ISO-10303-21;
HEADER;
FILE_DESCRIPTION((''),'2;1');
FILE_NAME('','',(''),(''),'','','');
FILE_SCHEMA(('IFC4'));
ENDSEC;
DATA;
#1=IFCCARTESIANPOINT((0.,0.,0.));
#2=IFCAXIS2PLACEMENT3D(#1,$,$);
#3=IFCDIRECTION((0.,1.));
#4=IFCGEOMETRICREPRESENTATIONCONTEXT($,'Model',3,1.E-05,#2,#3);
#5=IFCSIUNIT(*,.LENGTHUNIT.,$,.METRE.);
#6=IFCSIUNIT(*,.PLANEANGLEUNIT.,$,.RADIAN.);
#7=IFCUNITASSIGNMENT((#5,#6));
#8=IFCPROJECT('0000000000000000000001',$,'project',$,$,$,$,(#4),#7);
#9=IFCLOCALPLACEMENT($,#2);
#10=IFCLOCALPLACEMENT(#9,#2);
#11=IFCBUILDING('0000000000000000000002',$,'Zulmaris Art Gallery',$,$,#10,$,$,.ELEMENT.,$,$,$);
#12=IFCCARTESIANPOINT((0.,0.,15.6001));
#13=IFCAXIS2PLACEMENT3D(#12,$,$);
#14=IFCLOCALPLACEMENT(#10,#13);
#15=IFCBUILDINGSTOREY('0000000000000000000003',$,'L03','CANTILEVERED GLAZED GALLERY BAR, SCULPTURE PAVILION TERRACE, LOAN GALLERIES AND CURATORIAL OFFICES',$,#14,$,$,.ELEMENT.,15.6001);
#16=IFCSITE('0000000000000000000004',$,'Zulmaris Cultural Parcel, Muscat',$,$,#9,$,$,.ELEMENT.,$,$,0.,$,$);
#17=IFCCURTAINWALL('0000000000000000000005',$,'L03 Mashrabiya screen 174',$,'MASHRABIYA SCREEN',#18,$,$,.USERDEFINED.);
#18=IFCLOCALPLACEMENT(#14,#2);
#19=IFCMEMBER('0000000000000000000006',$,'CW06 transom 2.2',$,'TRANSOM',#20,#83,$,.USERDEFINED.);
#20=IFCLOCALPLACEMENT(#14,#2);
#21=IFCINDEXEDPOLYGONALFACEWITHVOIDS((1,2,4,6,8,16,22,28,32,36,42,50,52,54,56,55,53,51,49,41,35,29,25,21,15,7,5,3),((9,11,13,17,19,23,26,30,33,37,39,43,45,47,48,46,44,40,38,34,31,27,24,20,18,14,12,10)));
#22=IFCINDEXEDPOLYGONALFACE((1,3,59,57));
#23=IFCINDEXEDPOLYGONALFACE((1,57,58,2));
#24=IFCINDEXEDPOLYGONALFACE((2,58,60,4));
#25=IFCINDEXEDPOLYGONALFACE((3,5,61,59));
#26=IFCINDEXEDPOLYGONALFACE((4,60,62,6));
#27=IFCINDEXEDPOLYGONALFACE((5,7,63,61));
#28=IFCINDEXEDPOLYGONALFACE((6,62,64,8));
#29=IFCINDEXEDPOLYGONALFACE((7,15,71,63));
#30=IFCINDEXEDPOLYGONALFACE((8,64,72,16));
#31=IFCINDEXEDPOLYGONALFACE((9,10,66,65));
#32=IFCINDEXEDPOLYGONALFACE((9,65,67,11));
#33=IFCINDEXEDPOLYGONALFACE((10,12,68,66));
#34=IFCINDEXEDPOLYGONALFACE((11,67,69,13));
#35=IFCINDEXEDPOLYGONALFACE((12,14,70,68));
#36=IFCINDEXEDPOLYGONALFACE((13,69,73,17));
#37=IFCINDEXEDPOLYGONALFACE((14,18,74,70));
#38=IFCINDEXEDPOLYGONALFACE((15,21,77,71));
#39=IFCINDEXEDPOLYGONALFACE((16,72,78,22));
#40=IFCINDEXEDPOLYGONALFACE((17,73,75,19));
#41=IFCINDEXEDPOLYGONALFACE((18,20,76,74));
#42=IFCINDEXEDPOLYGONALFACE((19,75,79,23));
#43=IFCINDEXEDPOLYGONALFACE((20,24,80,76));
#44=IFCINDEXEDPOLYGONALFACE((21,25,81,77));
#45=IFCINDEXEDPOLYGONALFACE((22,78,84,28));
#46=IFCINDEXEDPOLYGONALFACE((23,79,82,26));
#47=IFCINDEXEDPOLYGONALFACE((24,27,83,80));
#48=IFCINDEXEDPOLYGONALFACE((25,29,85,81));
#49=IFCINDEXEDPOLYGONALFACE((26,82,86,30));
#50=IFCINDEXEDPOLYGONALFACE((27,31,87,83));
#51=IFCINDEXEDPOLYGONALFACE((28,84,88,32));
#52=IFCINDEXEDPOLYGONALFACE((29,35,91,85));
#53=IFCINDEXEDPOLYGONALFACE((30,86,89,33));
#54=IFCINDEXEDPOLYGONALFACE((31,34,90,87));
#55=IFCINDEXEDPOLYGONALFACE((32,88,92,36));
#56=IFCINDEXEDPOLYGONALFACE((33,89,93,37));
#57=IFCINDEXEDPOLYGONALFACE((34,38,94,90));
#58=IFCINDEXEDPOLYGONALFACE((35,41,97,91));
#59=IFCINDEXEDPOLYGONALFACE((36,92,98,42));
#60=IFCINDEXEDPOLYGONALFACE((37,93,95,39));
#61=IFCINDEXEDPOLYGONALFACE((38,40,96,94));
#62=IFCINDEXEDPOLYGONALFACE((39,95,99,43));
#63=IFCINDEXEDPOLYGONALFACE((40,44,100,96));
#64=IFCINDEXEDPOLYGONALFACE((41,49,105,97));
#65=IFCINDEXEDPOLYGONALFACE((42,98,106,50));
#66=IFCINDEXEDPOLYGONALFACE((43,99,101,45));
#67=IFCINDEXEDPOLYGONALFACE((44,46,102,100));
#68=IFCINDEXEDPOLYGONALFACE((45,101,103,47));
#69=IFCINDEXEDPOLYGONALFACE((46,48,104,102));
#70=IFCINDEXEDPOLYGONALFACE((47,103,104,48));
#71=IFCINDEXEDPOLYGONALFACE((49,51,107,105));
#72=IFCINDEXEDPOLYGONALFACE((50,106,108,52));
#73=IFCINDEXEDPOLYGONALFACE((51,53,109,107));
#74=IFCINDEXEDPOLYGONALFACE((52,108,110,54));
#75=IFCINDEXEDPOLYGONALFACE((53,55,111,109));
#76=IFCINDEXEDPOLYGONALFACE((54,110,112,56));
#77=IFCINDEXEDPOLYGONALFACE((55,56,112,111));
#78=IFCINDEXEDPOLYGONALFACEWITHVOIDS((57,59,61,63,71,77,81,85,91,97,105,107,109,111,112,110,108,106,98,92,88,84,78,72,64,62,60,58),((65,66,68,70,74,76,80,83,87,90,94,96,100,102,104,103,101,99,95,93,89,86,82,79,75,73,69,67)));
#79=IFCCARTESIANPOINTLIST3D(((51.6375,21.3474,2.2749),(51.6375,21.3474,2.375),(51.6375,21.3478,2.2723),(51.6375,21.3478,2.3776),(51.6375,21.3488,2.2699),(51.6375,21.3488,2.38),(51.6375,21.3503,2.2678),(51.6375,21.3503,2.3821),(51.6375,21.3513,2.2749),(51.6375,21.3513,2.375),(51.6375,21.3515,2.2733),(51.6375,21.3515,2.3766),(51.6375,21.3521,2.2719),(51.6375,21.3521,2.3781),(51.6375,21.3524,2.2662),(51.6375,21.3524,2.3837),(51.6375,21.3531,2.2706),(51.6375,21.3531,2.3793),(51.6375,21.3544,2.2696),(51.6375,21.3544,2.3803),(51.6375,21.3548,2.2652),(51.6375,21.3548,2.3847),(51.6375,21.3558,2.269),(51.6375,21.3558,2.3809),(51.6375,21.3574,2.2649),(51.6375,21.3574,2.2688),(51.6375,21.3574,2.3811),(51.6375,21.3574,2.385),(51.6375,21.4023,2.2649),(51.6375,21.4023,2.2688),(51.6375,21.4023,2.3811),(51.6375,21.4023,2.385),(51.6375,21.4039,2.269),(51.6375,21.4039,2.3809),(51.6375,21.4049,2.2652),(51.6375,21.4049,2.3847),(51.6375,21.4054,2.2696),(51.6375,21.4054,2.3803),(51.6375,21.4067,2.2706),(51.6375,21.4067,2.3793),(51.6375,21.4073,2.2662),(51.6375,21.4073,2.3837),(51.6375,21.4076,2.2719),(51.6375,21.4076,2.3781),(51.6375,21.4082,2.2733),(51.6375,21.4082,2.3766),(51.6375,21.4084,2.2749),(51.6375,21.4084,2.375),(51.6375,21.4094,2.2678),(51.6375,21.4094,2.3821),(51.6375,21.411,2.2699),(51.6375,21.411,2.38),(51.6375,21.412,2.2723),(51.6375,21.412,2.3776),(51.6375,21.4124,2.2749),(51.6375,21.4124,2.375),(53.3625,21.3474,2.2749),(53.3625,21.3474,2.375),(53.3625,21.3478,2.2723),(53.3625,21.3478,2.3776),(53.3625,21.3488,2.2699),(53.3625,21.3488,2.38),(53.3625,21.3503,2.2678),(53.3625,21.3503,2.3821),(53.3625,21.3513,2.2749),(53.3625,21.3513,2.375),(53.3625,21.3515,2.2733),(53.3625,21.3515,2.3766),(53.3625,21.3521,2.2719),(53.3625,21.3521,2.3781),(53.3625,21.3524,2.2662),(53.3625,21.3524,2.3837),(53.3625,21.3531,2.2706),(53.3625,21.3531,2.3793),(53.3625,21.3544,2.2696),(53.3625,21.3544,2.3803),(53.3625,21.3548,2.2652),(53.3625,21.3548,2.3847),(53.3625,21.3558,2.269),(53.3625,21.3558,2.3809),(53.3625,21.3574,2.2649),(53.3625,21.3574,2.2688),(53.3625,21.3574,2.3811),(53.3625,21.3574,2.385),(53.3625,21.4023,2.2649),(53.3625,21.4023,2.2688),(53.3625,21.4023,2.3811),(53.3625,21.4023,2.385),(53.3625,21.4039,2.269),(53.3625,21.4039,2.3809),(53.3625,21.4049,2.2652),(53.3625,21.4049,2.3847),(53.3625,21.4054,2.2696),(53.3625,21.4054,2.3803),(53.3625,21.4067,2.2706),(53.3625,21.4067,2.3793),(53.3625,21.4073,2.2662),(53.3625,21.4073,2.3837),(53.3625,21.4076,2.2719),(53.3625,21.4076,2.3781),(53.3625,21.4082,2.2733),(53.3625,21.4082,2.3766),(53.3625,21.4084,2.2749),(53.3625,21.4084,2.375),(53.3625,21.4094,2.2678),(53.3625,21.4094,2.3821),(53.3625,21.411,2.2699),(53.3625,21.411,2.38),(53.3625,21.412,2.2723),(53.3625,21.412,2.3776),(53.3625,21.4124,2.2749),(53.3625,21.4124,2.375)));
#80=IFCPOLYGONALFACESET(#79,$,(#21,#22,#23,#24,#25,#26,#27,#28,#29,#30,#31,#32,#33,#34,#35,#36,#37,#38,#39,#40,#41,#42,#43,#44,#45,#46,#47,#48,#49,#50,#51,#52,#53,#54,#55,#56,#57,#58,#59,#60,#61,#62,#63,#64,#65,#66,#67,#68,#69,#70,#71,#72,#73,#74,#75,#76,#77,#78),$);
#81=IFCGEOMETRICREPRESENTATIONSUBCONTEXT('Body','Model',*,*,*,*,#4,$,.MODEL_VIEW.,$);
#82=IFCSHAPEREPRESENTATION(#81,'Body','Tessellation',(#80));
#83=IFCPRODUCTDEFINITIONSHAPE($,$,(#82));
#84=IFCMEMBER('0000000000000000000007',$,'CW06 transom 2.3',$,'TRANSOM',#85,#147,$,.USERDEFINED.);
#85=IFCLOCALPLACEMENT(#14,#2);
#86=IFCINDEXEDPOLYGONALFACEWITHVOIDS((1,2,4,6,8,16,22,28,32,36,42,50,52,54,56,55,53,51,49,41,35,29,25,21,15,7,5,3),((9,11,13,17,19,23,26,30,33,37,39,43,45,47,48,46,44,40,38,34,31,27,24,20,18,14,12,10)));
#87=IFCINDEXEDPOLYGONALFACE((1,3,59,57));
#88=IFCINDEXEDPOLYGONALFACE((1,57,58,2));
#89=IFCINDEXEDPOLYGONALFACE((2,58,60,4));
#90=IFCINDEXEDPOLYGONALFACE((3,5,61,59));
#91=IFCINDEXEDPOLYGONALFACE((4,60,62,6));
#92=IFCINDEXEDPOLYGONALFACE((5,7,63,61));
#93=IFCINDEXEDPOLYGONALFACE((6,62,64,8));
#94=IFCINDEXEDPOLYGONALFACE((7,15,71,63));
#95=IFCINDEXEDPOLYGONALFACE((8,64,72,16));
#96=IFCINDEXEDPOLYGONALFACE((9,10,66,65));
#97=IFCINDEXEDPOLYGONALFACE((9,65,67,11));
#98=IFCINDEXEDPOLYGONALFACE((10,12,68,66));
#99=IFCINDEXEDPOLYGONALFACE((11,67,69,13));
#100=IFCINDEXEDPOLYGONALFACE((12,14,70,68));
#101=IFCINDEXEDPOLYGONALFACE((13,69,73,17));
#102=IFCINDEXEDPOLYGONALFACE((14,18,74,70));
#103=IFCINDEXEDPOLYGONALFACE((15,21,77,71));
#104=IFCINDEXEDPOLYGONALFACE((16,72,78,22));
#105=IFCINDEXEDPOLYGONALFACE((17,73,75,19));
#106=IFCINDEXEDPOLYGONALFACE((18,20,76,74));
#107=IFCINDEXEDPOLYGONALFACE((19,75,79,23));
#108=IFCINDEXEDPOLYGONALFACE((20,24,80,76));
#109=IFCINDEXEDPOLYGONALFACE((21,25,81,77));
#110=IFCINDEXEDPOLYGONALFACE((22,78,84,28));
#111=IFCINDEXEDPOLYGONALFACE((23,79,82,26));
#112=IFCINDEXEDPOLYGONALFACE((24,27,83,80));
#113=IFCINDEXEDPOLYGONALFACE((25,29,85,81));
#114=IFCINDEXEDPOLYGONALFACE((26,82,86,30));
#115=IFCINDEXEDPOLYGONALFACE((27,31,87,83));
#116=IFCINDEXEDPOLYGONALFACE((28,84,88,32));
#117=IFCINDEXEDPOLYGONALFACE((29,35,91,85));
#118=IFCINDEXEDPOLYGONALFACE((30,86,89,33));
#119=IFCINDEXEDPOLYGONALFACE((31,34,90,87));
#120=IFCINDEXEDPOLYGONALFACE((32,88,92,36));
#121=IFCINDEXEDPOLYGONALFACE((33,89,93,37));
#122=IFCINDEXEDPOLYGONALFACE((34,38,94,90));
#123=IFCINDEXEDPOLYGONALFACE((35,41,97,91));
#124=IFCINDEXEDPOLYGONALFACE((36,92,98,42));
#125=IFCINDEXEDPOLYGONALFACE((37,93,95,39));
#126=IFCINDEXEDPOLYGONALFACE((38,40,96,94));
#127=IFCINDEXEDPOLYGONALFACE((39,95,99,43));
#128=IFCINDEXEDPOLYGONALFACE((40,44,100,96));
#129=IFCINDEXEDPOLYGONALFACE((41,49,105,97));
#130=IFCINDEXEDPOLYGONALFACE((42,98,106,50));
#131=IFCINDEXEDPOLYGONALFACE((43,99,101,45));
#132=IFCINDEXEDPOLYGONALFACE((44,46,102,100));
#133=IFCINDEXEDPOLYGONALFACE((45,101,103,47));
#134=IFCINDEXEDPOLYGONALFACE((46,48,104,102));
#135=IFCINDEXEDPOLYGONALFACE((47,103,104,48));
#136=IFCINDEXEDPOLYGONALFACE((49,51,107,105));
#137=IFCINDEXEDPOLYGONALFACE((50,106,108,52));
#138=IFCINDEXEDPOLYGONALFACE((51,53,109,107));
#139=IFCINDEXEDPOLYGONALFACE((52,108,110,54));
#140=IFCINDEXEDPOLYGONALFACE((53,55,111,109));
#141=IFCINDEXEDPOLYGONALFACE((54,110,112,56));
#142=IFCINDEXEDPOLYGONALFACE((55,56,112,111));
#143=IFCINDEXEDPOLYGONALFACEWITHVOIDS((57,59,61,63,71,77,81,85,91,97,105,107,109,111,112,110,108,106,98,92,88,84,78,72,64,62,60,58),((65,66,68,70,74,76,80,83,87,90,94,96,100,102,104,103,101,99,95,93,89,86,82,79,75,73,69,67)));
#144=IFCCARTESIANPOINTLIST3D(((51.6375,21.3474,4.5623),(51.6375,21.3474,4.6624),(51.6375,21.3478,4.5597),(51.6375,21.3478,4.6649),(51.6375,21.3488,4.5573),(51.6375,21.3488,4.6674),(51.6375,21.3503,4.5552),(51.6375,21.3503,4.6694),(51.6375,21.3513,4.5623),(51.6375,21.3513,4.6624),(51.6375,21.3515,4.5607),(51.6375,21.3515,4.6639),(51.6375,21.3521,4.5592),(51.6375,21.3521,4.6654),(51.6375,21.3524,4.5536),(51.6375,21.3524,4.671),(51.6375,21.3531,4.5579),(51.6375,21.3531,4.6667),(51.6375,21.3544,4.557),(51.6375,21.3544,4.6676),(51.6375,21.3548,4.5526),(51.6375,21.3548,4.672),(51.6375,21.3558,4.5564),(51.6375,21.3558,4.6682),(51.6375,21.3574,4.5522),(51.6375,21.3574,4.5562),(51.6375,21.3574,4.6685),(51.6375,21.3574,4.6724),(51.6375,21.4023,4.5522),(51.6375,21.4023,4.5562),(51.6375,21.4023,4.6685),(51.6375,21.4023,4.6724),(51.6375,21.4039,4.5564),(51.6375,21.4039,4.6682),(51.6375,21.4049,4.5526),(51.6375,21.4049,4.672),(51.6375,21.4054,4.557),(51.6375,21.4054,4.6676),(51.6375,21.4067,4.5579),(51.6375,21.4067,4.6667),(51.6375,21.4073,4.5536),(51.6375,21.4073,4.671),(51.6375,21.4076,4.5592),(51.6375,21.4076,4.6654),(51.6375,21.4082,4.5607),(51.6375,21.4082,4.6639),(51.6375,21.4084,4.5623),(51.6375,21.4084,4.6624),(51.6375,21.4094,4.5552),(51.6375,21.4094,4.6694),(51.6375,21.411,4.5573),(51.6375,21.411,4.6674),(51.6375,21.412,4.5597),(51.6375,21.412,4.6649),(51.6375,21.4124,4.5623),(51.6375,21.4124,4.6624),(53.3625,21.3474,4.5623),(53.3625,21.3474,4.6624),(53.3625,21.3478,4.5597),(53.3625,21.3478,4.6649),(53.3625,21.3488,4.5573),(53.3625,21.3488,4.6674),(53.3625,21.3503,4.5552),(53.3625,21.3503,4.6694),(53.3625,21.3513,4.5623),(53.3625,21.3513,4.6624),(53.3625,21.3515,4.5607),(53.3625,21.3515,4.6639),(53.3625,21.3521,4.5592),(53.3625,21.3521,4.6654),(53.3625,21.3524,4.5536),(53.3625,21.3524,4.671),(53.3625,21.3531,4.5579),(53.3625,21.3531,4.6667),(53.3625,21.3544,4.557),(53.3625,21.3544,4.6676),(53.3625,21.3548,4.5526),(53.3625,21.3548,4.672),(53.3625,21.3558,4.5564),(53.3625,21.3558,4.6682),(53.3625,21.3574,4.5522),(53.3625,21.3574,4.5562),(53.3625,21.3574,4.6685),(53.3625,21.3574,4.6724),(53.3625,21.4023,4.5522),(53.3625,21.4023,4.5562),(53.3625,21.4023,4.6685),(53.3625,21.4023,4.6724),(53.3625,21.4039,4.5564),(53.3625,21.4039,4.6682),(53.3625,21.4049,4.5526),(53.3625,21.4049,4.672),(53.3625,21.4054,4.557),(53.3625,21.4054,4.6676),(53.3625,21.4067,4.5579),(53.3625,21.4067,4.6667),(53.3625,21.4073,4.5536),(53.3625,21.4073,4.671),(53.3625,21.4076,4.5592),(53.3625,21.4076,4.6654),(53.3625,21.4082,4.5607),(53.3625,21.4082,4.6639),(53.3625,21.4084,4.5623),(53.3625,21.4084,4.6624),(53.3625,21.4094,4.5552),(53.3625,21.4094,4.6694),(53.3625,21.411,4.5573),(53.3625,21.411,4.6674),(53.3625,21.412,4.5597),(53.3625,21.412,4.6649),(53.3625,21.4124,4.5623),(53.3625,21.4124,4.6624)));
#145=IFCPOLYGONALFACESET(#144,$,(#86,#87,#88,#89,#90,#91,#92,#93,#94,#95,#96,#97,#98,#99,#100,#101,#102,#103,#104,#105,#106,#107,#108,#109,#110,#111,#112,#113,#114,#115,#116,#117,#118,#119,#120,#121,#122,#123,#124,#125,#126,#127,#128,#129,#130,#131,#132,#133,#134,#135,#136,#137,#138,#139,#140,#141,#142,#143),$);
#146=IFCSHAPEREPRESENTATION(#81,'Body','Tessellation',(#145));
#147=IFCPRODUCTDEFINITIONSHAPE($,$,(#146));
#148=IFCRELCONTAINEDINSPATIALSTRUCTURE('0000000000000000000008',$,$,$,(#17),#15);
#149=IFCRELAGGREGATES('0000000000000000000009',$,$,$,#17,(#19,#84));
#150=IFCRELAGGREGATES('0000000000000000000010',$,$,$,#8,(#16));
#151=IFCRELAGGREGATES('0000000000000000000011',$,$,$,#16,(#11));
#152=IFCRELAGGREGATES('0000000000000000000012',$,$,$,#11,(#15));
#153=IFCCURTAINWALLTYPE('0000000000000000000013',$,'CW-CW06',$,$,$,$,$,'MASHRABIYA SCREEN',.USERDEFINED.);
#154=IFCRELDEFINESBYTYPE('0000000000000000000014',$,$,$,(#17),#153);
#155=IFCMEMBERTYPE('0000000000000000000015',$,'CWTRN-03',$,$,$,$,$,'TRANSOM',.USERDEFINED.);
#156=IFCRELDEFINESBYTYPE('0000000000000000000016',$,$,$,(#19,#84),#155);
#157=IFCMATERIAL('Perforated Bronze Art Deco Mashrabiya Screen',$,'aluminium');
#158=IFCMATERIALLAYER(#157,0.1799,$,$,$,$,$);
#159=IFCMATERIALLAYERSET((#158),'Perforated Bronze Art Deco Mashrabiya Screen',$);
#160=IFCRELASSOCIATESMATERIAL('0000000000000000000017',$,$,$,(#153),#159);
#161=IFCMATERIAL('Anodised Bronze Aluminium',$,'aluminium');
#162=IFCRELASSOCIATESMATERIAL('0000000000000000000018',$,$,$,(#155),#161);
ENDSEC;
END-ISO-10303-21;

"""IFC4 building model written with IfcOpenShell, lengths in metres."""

from ifc_helpers import new_model, si_unit, direction, frame, origin, origin_2d, place, context, subcontext, project, spatial, hollow_rectangle, extrude, material, layer, layer_set, material_profile, profile_set, type_object, element, aggregate, save


model = new_model("IFC4")

# Units and contexts
model_context = context("Model", 3, precision=1e-05, world=origin(), true_north=direction((0.0, 1.0)))
body_context = subcontext(model_context, "Body", "Model", "MODEL_VIEW")
ifc_project = project(units=[si_unit("LENGTHUNIT", "METRE"), si_unit("PLANEANGLEUNIT", "RADIAN")], contexts=[model_context])

# Site, building, storey
site_placement = place(None, origin())
site = spatial("IfcSite", under=ifc_project, at=site_placement, Name="Zulmaris Cultural Parcel, Muscat", CompositionType="ELEMENT", RefElevation=0.0)
building_placement = place(site_placement, origin())
building = spatial("IfcBuilding", under=site, at=building_placement, Name="Zulmaris Art Gallery", CompositionType="ELEMENT")
storey_placement = place(building_placement, frame((0.0, 0.0, 15.6001)))
storey = spatial("IfcBuildingStorey", under=building, at=storey_placement, Name="L03", Description="CANTILEVERED GLAZED GALLERY BAR, SCULPTURE PAVILION TERRACE, LOAN GALLERIES AND CURATORIAL OFFICES", CompositionType="ELEMENT", Elevation=15.6001)

# Shared definitions
ifc_material_1 = material(Name="Anodised Bronze Aluminium", Category="aluminium")
ifc_material_2 = material(Name="Perforated Bronze Art Deco Mashrabiya Screen", Category="aluminium")
ifc_layer_1 = layer(ifc_material_2, 0.1799)
ifc_layer_set_1 = layer_set([ifc_layer_1], Name="Perforated Bronze Art Deco Mashrabiya Screen")
curtain_wall_type_1 = type_object("IfcCurtainWallType", Name="CW-CW06", ElementType="MASHRABIYA SCREEN", PredefinedType="USERDEFINED", material=ifc_layer_set_1)

# Curtain wall, members
curtain_wall_1_placement = place(storey_placement, origin())
curtain_wall_1 = element("IfcCurtainWall", 1, at=curtain_wall_1_placement, inside=storey, type_object=curtain_wall_type_1, Name="L03 Mashrabiya screen 174", ObjectType="MASHRABIYA SCREEN", PredefinedType="USERDEFINED")
ifc_material_profile_1 = material_profile(ifc_material_1, hollow_rectangle(XDim=0.0649, YDim=0.1201, WallThickness=0.0039, InnerFilletRadius=0.0061, OuterFilletRadius=0.01, at=origin_2d()), Name="ALU 65x120x4")
ifc_profile_set_1 = profile_set([ifc_material_profile_1], Name="Anodised Bronze Aluminium")
member_type_1 = type_object("IfcMemberType", Name="CWTRN-03", ElementType="TRANSOM", PredefinedType="USERDEFINED", material=ifc_profile_set_1)
member_1_placement = place(storey_placement, frame((51.6375, 21.3799, 2.325), z_axis=(1.0, 0.0, 0.0), x_axis=(0.0, 1.0, 0.0)))
member_1 = element("IfcMember", 2, at=member_1_placement, type_object=member_type_1, Name="CW06 transom 2.2", ObjectType="TRANSOM", PredefinedType="USERDEFINED", context=body_context, shape_type="SweptSolid", body=[
    extrude(hollow_rectangle(XDim=0.0649, YDim=0.1201, WallThickness=0.0039, InnerFilletRadius=0.0061, OuterFilletRadius=0.01, at=origin_2d()), origin(), (0.0, 0.0, 1.0), 1.7251),
])
member_2_placement = place(storey_placement, frame((51.6375, 21.3799, 4.6123), z_axis=(1.0, 0.0, 0.0), x_axis=(0.0, 1.0, 0.0)))
member_2 = element("IfcMember", 3, at=member_2_placement, type_object=member_type_1, Name="CW06 transom 2.3", ObjectType="TRANSOM", PredefinedType="USERDEFINED", context=body_context, shape_type="SweptSolid", body=[
    extrude(hollow_rectangle(XDim=0.0649, YDim=0.1201, WallThickness=0.0039, InnerFilletRadius=0.0061, OuterFilletRadius=0.01, at=origin_2d()), origin(), (0.0, 0.0, 1.0), 1.7251),
])

aggregate(curtain_wall_1, [member_1, member_2])

save(model, "model.ifc")
